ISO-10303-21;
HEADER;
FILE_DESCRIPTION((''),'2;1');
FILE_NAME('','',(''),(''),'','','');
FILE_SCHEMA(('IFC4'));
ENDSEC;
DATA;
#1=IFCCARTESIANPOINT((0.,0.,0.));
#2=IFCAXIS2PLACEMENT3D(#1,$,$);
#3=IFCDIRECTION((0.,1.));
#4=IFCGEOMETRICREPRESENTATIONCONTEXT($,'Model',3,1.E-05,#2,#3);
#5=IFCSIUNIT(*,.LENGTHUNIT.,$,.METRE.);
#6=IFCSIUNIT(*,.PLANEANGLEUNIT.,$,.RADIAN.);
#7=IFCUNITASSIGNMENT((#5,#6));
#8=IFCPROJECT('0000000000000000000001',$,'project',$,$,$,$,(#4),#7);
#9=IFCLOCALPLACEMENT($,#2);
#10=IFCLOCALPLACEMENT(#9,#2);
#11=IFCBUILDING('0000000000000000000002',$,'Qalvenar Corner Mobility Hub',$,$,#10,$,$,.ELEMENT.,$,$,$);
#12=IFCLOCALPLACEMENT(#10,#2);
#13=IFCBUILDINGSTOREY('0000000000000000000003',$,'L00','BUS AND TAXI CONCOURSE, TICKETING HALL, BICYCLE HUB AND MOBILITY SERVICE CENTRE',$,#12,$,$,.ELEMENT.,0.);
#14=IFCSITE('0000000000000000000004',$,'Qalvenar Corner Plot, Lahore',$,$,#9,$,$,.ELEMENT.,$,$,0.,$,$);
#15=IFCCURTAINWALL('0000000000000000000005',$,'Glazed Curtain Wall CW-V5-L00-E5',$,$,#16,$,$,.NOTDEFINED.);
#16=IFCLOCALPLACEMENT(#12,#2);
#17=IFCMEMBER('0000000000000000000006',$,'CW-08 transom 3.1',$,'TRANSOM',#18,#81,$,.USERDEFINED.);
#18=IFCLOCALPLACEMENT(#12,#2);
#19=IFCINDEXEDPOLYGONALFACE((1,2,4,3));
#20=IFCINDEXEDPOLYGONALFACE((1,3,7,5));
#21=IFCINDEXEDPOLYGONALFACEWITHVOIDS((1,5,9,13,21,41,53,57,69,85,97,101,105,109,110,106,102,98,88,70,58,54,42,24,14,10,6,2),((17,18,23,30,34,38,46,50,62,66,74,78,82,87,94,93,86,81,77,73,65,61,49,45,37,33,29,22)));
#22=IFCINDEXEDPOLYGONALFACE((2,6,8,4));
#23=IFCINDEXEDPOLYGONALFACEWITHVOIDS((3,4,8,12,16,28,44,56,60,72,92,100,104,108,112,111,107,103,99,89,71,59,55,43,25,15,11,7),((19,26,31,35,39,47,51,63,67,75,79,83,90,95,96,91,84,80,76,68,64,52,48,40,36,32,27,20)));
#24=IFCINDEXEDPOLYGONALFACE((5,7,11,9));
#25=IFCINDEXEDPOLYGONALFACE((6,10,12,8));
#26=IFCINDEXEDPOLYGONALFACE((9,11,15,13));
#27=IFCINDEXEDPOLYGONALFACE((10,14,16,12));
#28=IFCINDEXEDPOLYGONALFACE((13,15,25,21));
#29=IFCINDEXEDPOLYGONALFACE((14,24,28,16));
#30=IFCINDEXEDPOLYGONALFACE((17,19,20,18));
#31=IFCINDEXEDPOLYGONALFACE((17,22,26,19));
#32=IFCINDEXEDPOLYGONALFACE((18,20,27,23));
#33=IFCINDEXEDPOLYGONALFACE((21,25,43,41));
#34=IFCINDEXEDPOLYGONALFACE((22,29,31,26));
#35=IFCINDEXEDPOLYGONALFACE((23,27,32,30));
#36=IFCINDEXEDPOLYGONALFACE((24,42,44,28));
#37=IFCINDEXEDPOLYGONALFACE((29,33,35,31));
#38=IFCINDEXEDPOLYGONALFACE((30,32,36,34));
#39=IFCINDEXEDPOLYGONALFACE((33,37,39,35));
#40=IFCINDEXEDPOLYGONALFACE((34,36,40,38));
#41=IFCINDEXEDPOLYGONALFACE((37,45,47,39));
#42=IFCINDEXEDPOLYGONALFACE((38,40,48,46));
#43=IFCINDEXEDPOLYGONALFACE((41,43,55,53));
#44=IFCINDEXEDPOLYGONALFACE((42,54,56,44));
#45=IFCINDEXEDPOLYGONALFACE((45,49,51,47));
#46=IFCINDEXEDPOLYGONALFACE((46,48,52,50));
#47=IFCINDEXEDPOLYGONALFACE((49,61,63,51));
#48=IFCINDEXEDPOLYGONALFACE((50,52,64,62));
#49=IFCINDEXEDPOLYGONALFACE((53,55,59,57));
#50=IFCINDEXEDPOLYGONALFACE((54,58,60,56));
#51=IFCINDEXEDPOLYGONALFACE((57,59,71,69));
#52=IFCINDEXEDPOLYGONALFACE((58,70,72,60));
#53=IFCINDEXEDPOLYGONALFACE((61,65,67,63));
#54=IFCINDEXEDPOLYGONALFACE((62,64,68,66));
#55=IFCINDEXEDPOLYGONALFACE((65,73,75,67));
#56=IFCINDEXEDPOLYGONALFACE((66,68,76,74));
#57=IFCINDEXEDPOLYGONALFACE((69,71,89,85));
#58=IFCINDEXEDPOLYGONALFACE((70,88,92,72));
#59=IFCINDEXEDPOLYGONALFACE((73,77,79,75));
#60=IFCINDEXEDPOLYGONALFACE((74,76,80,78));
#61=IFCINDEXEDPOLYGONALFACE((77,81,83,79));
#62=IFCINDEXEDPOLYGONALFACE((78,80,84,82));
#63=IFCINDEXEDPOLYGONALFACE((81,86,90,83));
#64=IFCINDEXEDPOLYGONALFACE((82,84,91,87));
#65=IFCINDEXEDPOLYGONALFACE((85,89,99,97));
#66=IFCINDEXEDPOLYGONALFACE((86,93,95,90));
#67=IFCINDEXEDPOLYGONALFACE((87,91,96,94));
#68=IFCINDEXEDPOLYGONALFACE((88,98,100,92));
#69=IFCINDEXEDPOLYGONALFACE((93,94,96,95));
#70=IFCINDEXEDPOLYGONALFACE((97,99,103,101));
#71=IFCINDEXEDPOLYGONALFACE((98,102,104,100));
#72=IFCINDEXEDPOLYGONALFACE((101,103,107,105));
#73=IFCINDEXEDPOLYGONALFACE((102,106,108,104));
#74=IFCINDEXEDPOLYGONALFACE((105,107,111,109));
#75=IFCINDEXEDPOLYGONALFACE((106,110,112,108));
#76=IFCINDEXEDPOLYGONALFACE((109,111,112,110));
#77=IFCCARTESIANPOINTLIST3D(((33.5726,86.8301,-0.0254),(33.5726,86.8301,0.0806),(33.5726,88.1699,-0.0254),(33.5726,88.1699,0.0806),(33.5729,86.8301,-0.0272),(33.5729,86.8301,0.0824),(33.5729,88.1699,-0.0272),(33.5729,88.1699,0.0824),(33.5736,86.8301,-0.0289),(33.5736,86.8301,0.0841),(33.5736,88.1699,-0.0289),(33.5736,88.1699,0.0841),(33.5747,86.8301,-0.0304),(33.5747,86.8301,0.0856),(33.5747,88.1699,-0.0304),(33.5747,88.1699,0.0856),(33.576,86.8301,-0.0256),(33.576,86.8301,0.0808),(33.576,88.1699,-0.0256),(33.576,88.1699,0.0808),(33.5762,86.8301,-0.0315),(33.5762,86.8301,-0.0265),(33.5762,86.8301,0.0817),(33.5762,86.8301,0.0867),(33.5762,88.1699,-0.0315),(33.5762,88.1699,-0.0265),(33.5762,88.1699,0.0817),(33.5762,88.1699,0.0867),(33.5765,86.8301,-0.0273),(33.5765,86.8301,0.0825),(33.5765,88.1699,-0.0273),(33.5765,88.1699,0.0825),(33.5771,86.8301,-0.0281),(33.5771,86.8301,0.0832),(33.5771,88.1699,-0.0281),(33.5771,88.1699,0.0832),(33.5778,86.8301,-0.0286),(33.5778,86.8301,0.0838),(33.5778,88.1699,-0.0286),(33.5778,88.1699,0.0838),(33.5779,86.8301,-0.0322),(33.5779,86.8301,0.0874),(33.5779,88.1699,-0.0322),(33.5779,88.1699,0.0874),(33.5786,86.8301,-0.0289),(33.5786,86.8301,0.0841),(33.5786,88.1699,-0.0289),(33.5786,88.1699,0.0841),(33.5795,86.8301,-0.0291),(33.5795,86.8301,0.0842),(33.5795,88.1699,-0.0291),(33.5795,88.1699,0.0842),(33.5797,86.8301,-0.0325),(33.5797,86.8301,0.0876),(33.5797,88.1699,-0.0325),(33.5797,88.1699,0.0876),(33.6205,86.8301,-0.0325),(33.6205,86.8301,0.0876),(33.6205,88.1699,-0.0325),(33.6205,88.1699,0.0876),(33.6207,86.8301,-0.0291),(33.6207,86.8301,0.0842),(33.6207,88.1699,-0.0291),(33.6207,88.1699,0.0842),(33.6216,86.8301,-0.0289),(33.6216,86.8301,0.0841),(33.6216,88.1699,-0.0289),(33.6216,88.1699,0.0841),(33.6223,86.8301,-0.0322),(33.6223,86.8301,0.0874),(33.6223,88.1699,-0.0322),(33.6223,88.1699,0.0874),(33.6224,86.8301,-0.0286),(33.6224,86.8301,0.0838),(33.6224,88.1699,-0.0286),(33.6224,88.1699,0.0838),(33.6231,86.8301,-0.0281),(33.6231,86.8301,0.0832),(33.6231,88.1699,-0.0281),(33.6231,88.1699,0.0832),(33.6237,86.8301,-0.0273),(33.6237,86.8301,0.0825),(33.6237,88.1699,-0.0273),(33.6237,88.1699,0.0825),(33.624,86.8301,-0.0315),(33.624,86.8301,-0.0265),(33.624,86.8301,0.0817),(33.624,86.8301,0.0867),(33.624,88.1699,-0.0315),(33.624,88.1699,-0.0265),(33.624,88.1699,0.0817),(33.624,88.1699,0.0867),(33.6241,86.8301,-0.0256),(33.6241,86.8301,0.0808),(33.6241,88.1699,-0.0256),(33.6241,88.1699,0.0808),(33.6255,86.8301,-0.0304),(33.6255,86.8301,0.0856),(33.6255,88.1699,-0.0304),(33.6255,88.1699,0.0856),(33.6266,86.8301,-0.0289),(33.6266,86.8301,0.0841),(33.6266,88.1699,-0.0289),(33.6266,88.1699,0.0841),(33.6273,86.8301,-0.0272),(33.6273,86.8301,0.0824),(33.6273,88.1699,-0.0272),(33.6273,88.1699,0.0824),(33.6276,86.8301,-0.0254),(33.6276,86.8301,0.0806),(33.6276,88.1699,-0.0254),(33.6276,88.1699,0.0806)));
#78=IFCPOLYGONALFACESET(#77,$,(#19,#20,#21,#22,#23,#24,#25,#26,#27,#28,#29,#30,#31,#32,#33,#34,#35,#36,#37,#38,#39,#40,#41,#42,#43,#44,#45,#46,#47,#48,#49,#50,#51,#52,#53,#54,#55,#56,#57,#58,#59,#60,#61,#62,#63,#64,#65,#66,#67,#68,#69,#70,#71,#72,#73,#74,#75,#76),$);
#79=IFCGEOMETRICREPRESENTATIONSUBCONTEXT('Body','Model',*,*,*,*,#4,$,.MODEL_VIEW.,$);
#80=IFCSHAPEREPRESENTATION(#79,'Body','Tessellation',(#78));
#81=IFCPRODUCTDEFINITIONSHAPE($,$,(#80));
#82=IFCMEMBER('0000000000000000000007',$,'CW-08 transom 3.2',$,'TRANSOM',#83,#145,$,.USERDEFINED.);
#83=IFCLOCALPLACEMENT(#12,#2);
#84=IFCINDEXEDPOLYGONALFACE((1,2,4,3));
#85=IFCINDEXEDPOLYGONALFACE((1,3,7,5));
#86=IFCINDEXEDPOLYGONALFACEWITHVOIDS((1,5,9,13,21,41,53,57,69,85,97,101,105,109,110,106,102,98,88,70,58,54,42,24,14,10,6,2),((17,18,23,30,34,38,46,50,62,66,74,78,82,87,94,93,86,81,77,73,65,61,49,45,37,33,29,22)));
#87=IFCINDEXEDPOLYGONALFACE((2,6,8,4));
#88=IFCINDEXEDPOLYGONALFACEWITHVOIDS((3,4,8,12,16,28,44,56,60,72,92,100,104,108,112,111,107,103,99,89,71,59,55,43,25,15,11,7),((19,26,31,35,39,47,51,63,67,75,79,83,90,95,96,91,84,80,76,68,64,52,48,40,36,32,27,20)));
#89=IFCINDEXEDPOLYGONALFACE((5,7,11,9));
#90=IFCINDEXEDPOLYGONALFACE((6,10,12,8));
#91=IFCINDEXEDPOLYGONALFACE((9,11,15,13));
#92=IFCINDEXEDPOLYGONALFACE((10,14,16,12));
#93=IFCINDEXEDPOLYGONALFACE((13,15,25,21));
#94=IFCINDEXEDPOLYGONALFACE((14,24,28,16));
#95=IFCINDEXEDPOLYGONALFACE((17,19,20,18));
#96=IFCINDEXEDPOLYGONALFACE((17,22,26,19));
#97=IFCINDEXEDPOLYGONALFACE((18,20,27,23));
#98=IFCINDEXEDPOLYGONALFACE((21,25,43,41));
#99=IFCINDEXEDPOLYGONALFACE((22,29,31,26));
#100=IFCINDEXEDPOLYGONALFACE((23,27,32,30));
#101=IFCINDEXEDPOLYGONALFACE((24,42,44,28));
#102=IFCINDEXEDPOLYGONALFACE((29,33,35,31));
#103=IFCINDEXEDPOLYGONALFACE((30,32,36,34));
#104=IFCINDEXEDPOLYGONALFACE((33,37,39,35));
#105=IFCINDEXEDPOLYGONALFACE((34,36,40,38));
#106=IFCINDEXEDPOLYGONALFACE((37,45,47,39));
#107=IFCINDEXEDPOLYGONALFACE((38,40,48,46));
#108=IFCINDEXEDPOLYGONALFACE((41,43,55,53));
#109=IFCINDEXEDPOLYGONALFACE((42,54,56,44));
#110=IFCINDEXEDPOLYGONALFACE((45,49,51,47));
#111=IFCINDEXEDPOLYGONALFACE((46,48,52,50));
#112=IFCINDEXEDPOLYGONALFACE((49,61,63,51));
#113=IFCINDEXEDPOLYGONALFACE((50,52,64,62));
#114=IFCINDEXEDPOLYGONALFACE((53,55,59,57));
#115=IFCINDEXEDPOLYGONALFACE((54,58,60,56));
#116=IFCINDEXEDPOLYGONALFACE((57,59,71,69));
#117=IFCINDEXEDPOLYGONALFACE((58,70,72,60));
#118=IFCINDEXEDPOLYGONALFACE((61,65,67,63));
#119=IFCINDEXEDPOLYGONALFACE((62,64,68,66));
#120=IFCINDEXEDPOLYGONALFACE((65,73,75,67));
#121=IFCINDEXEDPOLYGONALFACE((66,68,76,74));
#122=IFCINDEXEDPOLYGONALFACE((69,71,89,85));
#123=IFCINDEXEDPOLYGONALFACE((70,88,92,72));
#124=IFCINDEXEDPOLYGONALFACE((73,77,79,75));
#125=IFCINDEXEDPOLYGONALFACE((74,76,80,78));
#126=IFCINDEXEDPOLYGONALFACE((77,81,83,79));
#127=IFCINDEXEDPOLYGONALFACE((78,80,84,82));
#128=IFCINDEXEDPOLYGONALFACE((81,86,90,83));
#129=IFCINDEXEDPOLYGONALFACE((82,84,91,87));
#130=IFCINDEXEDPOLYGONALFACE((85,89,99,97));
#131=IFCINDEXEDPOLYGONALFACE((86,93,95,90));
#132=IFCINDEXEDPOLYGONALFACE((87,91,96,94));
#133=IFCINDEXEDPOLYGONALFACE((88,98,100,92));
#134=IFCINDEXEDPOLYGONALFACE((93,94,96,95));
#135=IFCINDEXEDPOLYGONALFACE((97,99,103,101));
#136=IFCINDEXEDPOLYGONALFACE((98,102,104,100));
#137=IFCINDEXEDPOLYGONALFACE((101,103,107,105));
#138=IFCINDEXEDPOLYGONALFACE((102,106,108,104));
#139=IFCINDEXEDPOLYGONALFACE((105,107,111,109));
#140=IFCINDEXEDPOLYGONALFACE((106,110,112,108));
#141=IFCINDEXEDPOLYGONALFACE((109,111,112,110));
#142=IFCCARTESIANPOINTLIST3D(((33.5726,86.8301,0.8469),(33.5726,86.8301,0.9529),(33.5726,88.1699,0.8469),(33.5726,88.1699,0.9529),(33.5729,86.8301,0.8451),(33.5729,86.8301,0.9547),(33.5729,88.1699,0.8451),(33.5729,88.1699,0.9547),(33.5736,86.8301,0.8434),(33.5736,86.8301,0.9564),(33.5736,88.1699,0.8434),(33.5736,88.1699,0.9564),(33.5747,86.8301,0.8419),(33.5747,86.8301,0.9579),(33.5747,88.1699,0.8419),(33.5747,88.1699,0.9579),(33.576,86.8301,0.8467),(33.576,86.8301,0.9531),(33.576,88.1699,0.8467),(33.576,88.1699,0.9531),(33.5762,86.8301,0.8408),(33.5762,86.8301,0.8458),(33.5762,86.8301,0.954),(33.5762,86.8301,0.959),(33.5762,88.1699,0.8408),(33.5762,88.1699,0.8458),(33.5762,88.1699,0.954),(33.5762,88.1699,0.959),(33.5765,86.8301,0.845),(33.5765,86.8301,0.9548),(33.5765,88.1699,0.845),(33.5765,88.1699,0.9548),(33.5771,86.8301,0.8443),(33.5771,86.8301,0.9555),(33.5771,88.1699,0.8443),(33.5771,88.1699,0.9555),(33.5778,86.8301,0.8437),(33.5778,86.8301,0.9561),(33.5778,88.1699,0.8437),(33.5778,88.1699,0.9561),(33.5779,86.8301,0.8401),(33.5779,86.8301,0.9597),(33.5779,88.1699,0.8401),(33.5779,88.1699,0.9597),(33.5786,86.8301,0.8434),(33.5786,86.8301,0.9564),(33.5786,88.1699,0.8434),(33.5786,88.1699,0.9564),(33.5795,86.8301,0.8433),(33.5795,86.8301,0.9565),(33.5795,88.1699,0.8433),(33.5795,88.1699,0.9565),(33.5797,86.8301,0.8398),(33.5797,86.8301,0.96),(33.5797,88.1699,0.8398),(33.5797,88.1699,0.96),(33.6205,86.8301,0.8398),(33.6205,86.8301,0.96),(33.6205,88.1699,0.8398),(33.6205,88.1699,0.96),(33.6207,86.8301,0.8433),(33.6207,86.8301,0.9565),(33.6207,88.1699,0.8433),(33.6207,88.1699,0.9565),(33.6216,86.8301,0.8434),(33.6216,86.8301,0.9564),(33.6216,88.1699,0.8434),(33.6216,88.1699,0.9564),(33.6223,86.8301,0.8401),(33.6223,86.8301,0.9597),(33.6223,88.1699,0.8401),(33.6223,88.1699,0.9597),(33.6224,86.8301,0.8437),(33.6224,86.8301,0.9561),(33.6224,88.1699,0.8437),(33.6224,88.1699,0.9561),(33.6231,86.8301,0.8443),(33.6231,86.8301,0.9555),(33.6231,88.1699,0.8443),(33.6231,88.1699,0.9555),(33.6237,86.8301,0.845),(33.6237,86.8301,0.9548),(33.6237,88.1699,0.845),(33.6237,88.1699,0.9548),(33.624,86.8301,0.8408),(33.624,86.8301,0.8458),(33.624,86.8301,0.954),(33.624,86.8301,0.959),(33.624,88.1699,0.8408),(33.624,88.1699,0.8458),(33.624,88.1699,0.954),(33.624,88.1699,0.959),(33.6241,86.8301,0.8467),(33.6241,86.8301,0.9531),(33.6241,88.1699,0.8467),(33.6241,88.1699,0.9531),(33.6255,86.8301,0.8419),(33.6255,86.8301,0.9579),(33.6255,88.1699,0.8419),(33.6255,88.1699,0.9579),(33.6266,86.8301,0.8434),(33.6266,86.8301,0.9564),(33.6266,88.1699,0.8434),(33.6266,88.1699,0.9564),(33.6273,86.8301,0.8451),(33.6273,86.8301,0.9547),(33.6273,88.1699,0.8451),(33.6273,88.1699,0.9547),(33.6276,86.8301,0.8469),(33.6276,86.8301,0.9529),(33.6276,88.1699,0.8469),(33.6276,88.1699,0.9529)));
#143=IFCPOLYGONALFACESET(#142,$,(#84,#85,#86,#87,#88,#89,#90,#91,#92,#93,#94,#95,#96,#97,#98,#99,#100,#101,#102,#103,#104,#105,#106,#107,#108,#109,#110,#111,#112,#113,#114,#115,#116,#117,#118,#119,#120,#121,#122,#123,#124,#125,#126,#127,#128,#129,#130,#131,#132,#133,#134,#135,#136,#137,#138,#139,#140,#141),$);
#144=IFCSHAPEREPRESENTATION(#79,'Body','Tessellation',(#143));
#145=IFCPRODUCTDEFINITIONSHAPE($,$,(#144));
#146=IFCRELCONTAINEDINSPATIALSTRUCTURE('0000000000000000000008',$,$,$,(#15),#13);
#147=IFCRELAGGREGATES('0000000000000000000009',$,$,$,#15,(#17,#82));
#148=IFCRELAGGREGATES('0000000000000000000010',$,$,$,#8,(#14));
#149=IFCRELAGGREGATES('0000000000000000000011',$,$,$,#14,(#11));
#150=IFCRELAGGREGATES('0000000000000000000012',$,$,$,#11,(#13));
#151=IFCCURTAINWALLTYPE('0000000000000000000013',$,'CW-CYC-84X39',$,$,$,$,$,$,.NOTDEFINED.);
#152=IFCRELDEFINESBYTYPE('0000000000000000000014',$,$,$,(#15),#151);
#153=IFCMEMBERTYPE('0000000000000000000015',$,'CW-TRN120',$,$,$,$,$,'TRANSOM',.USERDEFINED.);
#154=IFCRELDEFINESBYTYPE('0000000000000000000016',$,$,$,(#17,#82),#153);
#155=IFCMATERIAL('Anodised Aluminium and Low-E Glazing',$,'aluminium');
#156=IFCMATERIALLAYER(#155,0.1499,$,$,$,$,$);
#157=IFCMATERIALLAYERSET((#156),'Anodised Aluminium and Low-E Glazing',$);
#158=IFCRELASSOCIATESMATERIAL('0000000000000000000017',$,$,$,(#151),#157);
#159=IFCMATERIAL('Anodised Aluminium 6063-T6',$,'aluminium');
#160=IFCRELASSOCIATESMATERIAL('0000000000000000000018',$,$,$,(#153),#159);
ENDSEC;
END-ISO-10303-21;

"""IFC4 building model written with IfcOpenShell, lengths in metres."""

from ifc_helpers import new_model, si_unit, direction, frame, origin, origin_2d, place, context, subcontext, project, spatial, hollow_rectangle, extrude, material, layer, layer_set, material_profile, profile_set, type_object, element, aggregate, save


model = new_model("IFC4")

# Units and contexts
model_context = context("Model", 3, precision=1e-05, world=origin(), true_north=direction((0.0, 1.0)))
body_context = subcontext(model_context, "Body", "Model", "MODEL_VIEW")
ifc_project = project(units=[si_unit("LENGTHUNIT", "METRE"), si_unit("PLANEANGLEUNIT", "RADIAN")], contexts=[model_context])

# Site, building, storey
site_placement = place(None, origin())
site = spatial("IfcSite", under=ifc_project, at=site_placement, Name="Qalvenar Corner Plot, Lahore", CompositionType="ELEMENT", RefElevation=0.0)
building_placement = place(site_placement, origin())
building = spatial("IfcBuilding", under=site, at=building_placement, Name="Qalvenar Corner Mobility Hub", CompositionType="ELEMENT")
storey_placement = place(building_placement, origin())
storey = spatial("IfcBuildingStorey", under=building, at=storey_placement, Name="L00", Description="BUS AND TAXI CONCOURSE, TICKETING HALL, BICYCLE HUB AND MOBILITY SERVICE CENTRE", CompositionType="ELEMENT", Elevation=0.0)

# Curtain wall, members
ifc_material_1 = material(Name="Anodised Aluminium and Low-E Glazing", Category="aluminium")
ifc_layer_1 = layer(ifc_material_1, 0.1499)
ifc_layer_set_1 = layer_set([ifc_layer_1], Name="Anodised Aluminium and Low-E Glazing")
curtain_wall_type = type_object("IfcCurtainWallType", Name="CW-CYC-84X39", PredefinedType="NOTDEFINED", material=ifc_layer_set_1)
curtain_wall_placement = place(storey_placement, origin())
curtain_wall = element("IfcCurtainWall", 1, at=curtain_wall_placement, inside=storey, type_object=curtain_wall_type, Name="Glazed Curtain Wall CW-V5-L00-E5", PredefinedType="NOTDEFINED")
ifc_material_2 = material(Name="Anodised Aluminium 6063-T6", Category="aluminium")
ifc_material_profile_1 = material_profile(ifc_material_2, hollow_rectangle(XDim=0.0549, YDim=0.1201, WallThickness=0.0034, InnerFilletRadius=0.0034, OuterFilletRadius=0.0071, at=origin_2d()), Name="RHS120x55x3.5")
ifc_profile_set_1 = profile_set([ifc_material_profile_1], Name="Anodised Aluminium 6063-T6")
member_type_1 = type_object("IfcMemberType", Name="CW-TRN120", ElementType="TRANSOM", PredefinedType="USERDEFINED", material=ifc_profile_set_1)
member_1_placement = place(storey_placement, frame((33.6001, 86.8301, 0.0276), z_axis=(0.0, 1.0, 0.0), x_axis=(-1.0, 0.0, 0.0)))
member_1 = element("IfcMember", 2, at=member_1_placement, type_object=member_type_1, Name="CW-08 transom 3.1", ObjectType="TRANSOM", PredefinedType="USERDEFINED", context=body_context, shape_type="SweptSolid", body=[
    extrude(hollow_rectangle(XDim=0.0549, YDim=0.1201, WallThickness=0.0034, InnerFilletRadius=0.0034, OuterFilletRadius=0.0071, at=origin_2d()), origin(), (0.0, 0.0, 1.0), 1.3398),
])
member_2_placement = place(storey_placement, frame((33.6001, 86.8301, 0.8999), z_axis=(0.0, 1.0, 0.0), x_axis=(-1.0, 0.0, 0.0)))
member_2 = element("IfcMember", 3, at=member_2_placement, type_object=member_type_1, Name="CW-08 transom 3.2", ObjectType="TRANSOM", PredefinedType="USERDEFINED", context=body_context, shape_type="SweptSolid", body=[
    extrude(hollow_rectangle(XDim=0.0549, YDim=0.1201, WallThickness=0.0034, InnerFilletRadius=0.0034, OuterFilletRadius=0.0071, at=origin_2d()), origin(), (0.0, 0.0, 1.0), 1.3398),
])
aggregate(curtain_wall, [member_1, member_2])

save(model, "model.ifc")
